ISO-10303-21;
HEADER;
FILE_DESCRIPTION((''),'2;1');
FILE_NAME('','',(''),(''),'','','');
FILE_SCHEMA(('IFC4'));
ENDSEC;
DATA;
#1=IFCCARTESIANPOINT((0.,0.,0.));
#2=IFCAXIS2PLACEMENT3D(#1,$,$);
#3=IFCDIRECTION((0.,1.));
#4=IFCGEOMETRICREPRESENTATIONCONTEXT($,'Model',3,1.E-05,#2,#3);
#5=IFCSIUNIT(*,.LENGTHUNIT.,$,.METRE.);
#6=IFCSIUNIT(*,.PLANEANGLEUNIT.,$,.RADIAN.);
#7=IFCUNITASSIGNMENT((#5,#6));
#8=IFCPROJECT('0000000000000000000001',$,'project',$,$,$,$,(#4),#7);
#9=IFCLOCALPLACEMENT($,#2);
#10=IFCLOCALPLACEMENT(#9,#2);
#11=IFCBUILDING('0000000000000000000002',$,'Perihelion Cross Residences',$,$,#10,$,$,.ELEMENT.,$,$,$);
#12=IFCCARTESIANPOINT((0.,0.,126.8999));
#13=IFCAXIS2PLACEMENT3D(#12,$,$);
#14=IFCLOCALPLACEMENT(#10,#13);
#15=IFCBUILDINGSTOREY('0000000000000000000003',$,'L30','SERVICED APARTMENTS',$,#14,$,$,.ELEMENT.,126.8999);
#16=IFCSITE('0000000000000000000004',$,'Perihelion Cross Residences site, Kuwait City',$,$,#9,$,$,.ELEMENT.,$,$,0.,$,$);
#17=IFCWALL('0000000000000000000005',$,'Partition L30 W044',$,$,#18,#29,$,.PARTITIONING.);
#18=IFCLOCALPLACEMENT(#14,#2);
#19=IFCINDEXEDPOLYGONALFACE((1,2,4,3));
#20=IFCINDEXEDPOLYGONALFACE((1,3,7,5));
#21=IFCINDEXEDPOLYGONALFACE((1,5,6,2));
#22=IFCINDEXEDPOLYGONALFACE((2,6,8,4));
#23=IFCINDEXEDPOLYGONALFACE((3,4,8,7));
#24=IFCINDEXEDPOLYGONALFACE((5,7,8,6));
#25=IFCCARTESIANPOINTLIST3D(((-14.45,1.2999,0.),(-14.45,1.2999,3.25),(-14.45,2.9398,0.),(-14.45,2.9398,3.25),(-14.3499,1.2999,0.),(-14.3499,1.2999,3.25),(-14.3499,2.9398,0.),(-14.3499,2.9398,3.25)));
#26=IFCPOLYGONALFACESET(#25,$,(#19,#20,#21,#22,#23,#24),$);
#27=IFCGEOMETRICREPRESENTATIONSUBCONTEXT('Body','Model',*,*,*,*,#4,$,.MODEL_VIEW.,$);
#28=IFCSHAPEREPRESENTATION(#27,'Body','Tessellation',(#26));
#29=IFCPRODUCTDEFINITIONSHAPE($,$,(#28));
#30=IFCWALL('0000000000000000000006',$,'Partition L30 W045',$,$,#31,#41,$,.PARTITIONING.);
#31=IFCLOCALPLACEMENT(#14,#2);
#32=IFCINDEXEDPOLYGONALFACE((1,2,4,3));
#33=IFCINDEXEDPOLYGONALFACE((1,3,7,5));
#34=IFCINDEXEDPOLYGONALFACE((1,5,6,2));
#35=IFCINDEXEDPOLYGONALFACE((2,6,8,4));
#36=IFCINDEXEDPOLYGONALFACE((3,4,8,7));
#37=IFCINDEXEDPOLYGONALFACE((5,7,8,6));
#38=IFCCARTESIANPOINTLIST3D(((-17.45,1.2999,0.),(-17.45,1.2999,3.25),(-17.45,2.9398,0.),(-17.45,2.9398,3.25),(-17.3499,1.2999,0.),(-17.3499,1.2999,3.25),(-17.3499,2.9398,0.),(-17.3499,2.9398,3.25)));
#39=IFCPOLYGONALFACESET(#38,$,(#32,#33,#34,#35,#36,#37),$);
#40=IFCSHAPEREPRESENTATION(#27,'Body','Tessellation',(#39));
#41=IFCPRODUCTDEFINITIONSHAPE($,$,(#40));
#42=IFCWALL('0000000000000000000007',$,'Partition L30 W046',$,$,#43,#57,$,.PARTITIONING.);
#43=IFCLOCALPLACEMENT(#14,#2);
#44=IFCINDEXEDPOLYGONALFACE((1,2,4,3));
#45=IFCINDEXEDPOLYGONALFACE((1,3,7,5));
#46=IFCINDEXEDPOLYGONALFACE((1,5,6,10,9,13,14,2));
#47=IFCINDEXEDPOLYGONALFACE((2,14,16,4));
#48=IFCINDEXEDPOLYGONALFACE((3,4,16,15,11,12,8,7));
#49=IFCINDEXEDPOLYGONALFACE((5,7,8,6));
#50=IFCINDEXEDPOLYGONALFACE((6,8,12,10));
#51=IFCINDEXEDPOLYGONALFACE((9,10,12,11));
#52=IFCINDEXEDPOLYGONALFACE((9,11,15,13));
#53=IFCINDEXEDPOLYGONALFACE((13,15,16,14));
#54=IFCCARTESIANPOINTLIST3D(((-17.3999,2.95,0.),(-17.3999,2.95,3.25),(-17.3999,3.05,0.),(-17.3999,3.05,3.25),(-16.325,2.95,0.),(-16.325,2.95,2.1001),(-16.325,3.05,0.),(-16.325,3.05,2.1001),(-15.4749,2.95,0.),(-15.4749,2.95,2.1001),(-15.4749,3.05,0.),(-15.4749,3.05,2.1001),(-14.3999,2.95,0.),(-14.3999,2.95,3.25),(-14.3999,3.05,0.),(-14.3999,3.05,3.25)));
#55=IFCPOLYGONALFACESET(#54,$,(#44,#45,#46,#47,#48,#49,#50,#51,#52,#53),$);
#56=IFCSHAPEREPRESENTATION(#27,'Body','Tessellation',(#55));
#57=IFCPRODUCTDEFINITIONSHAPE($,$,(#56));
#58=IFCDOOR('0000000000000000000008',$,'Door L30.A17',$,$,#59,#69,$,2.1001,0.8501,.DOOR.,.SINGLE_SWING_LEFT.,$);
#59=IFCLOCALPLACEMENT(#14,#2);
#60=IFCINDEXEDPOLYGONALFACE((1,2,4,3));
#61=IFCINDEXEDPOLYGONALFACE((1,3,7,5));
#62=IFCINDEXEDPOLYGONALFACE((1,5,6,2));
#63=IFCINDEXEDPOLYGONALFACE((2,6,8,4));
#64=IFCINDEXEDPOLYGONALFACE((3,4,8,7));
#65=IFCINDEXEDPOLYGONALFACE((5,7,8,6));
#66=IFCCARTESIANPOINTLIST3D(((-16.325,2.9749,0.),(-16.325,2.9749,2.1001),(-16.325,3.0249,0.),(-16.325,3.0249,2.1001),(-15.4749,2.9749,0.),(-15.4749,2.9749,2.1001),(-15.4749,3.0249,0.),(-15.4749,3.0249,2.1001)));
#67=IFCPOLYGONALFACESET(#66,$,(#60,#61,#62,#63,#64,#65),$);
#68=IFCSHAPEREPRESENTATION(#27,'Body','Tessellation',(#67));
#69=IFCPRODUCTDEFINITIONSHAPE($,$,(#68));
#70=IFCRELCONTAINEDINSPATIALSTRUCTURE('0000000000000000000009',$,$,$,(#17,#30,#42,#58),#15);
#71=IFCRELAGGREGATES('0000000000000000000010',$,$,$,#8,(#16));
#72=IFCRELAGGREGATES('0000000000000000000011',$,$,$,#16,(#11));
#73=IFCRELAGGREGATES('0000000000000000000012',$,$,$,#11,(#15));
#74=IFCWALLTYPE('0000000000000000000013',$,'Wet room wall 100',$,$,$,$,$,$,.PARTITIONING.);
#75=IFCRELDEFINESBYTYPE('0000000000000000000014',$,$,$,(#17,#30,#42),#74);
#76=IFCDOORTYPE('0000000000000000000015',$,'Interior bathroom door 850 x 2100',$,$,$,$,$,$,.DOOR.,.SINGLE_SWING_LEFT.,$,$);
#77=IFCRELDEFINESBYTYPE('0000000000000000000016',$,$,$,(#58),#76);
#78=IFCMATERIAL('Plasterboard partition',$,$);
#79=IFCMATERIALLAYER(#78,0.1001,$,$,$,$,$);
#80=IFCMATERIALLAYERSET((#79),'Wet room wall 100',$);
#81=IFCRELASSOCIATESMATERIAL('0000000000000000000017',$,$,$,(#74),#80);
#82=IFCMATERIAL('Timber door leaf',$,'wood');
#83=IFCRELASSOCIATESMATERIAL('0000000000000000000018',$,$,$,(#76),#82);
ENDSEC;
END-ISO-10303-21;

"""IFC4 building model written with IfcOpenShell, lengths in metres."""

from ifc_helpers import new_model, si_unit, direction, frame, frame_2d, origin, place, context, subcontext, project, spatial, rectangle, extrude, material, layer, layer_set, type_object, element, fill, save


model = new_model("IFC4")

# Units and contexts
model_context = context("Model", 3, precision=1e-05, world=origin(), true_north=direction((0.0, 1.0)))
body_context = subcontext(model_context, "Body", "Model", "MODEL_VIEW")
ifc_project = project(units=[si_unit("LENGTHUNIT", "METRE"), si_unit("PLANEANGLEUNIT", "RADIAN")], contexts=[model_context])

# Site, building, storey
site_placement = place(None, origin())
site = spatial("IfcSite", under=ifc_project, at=site_placement, Name="Perihelion Cross Residences site, Kuwait City", CompositionType="ELEMENT", RefElevation=0.0)
building_placement = place(site_placement, origin())
building = spatial("IfcBuilding", under=site, at=building_placement, Name="Perihelion Cross Residences", CompositionType="ELEMENT")
storey_placement = place(building_placement, frame((0.0, 0.0, 126.8999)))
storey = spatial("IfcBuildingStorey", under=building, at=storey_placement, Name="L30", Description="SERVICED APARTMENTS", CompositionType="ELEMENT", Elevation=126.8999)

# Walls
ifc_material_1 = material(Name="Plasterboard partition")
ifc_layer_1 = layer(ifc_material_1, 0.1001)
ifc_layer_set_1 = layer_set([ifc_layer_1], Name="Wet room wall 100")
wall_type_1 = type_object("IfcWallType", Name="Wet room wall 100", PredefinedType="PARTITIONING", material=ifc_layer_set_1)
for number, where, z_axis, x_axis, name in (
    (1, (-14.3999, 1.3, 0.0), (0.0, 0.0, 1.0), (0.0, 1.0, 0.0), "Partition L30 W044"),
    (2, (-17.3999, 1.3, 0.0), (0.0, 0.0, 1.0), (0.0, 1.0, 0.0), "Partition L30 W045"),
):
    element("IfcWall", number, at=place(storey_placement, frame(where, z_axis=z_axis, x_axis=x_axis)), inside=storey, type_object=wall_type_1, Name=name, PredefinedType="PARTITIONING", context=body_context, shape_type="SweptSolid", body=[
        extrude(rectangle(XDim=1.6399, YDim=0.1001, at=frame_2d((0.8198, 0.0))), origin(), (0.0, 0.0, 1.0), 3.25),
    ])

# Wall, opening, door
wall_1_placement = place(storey_placement, frame((-17.3999, 3.0, 0.0), z_axis=(0.0, 0.0, 1.0), x_axis=(1.0, 0.0, 0.0)))
wall_1 = element("IfcWall", 3, at=wall_1_placement, inside=storey, type_object=wall_type_1, Name="Partition L30 W046", PredefinedType="PARTITIONING", context=body_context, shape_type="SweptSolid", body=[
    extrude(rectangle(XDim=3.0, YDim=0.1001, at=frame_2d((1.5, 0.0))), origin(), (0.0, 0.0, 1.0), 3.25),
])
opening_1_placement = place(wall_1_placement, frame((1.075, 0.0, 0.0)))
opening_1 = element("IfcOpeningElement", 4, at=opening_1_placement, cuts=wall_1, PredefinedType="OPENING", context=body_context, shape_type="SweptSolid", body=[
    extrude(rectangle(XDim=0.8501, YDim=2.1001, at=frame_2d((0.425, 1.05))), frame((0.0, 0.0601, 0.0), z_axis=(0.0, -1.0, 0.0), x_axis=(1.0, 0.0, 0.0)), (0.0, 0.0, 1.0), 0.1201),
])
ifc_material_2 = material(Name="Timber door leaf", Category="wood")
door_type_1 = type_object("IfcDoorType", Name="Interior bathroom door 850 x 2100", OperationType="SINGLE_SWING_LEFT", PredefinedType="DOOR", material=ifc_material_2)
door_1_placement = place(opening_1_placement, origin())
door_1 = element("IfcDoor", 5, at=door_1_placement, inside=storey, type_object=door_type_1, Name="Door L30.A17", OperationType="SINGLE_SWING_LEFT", OverallHeight=2.1001, OverallWidth=0.8501, PredefinedType="DOOR", context=body_context, shape_type="SweptSolid", body=[
    extrude(rectangle(XDim=0.8501, YDim=2.1001, at=frame_2d((0.425, 1.05))), frame((0.0, 0.0249, 0.0), z_axis=(0.0, -1.0, 0.0), x_axis=(1.0, 0.0, 0.0)), (0.0, 0.0, 1.0), 0.05),
])
fill(opening_1, door_1)

save(model, "model.ifc")
